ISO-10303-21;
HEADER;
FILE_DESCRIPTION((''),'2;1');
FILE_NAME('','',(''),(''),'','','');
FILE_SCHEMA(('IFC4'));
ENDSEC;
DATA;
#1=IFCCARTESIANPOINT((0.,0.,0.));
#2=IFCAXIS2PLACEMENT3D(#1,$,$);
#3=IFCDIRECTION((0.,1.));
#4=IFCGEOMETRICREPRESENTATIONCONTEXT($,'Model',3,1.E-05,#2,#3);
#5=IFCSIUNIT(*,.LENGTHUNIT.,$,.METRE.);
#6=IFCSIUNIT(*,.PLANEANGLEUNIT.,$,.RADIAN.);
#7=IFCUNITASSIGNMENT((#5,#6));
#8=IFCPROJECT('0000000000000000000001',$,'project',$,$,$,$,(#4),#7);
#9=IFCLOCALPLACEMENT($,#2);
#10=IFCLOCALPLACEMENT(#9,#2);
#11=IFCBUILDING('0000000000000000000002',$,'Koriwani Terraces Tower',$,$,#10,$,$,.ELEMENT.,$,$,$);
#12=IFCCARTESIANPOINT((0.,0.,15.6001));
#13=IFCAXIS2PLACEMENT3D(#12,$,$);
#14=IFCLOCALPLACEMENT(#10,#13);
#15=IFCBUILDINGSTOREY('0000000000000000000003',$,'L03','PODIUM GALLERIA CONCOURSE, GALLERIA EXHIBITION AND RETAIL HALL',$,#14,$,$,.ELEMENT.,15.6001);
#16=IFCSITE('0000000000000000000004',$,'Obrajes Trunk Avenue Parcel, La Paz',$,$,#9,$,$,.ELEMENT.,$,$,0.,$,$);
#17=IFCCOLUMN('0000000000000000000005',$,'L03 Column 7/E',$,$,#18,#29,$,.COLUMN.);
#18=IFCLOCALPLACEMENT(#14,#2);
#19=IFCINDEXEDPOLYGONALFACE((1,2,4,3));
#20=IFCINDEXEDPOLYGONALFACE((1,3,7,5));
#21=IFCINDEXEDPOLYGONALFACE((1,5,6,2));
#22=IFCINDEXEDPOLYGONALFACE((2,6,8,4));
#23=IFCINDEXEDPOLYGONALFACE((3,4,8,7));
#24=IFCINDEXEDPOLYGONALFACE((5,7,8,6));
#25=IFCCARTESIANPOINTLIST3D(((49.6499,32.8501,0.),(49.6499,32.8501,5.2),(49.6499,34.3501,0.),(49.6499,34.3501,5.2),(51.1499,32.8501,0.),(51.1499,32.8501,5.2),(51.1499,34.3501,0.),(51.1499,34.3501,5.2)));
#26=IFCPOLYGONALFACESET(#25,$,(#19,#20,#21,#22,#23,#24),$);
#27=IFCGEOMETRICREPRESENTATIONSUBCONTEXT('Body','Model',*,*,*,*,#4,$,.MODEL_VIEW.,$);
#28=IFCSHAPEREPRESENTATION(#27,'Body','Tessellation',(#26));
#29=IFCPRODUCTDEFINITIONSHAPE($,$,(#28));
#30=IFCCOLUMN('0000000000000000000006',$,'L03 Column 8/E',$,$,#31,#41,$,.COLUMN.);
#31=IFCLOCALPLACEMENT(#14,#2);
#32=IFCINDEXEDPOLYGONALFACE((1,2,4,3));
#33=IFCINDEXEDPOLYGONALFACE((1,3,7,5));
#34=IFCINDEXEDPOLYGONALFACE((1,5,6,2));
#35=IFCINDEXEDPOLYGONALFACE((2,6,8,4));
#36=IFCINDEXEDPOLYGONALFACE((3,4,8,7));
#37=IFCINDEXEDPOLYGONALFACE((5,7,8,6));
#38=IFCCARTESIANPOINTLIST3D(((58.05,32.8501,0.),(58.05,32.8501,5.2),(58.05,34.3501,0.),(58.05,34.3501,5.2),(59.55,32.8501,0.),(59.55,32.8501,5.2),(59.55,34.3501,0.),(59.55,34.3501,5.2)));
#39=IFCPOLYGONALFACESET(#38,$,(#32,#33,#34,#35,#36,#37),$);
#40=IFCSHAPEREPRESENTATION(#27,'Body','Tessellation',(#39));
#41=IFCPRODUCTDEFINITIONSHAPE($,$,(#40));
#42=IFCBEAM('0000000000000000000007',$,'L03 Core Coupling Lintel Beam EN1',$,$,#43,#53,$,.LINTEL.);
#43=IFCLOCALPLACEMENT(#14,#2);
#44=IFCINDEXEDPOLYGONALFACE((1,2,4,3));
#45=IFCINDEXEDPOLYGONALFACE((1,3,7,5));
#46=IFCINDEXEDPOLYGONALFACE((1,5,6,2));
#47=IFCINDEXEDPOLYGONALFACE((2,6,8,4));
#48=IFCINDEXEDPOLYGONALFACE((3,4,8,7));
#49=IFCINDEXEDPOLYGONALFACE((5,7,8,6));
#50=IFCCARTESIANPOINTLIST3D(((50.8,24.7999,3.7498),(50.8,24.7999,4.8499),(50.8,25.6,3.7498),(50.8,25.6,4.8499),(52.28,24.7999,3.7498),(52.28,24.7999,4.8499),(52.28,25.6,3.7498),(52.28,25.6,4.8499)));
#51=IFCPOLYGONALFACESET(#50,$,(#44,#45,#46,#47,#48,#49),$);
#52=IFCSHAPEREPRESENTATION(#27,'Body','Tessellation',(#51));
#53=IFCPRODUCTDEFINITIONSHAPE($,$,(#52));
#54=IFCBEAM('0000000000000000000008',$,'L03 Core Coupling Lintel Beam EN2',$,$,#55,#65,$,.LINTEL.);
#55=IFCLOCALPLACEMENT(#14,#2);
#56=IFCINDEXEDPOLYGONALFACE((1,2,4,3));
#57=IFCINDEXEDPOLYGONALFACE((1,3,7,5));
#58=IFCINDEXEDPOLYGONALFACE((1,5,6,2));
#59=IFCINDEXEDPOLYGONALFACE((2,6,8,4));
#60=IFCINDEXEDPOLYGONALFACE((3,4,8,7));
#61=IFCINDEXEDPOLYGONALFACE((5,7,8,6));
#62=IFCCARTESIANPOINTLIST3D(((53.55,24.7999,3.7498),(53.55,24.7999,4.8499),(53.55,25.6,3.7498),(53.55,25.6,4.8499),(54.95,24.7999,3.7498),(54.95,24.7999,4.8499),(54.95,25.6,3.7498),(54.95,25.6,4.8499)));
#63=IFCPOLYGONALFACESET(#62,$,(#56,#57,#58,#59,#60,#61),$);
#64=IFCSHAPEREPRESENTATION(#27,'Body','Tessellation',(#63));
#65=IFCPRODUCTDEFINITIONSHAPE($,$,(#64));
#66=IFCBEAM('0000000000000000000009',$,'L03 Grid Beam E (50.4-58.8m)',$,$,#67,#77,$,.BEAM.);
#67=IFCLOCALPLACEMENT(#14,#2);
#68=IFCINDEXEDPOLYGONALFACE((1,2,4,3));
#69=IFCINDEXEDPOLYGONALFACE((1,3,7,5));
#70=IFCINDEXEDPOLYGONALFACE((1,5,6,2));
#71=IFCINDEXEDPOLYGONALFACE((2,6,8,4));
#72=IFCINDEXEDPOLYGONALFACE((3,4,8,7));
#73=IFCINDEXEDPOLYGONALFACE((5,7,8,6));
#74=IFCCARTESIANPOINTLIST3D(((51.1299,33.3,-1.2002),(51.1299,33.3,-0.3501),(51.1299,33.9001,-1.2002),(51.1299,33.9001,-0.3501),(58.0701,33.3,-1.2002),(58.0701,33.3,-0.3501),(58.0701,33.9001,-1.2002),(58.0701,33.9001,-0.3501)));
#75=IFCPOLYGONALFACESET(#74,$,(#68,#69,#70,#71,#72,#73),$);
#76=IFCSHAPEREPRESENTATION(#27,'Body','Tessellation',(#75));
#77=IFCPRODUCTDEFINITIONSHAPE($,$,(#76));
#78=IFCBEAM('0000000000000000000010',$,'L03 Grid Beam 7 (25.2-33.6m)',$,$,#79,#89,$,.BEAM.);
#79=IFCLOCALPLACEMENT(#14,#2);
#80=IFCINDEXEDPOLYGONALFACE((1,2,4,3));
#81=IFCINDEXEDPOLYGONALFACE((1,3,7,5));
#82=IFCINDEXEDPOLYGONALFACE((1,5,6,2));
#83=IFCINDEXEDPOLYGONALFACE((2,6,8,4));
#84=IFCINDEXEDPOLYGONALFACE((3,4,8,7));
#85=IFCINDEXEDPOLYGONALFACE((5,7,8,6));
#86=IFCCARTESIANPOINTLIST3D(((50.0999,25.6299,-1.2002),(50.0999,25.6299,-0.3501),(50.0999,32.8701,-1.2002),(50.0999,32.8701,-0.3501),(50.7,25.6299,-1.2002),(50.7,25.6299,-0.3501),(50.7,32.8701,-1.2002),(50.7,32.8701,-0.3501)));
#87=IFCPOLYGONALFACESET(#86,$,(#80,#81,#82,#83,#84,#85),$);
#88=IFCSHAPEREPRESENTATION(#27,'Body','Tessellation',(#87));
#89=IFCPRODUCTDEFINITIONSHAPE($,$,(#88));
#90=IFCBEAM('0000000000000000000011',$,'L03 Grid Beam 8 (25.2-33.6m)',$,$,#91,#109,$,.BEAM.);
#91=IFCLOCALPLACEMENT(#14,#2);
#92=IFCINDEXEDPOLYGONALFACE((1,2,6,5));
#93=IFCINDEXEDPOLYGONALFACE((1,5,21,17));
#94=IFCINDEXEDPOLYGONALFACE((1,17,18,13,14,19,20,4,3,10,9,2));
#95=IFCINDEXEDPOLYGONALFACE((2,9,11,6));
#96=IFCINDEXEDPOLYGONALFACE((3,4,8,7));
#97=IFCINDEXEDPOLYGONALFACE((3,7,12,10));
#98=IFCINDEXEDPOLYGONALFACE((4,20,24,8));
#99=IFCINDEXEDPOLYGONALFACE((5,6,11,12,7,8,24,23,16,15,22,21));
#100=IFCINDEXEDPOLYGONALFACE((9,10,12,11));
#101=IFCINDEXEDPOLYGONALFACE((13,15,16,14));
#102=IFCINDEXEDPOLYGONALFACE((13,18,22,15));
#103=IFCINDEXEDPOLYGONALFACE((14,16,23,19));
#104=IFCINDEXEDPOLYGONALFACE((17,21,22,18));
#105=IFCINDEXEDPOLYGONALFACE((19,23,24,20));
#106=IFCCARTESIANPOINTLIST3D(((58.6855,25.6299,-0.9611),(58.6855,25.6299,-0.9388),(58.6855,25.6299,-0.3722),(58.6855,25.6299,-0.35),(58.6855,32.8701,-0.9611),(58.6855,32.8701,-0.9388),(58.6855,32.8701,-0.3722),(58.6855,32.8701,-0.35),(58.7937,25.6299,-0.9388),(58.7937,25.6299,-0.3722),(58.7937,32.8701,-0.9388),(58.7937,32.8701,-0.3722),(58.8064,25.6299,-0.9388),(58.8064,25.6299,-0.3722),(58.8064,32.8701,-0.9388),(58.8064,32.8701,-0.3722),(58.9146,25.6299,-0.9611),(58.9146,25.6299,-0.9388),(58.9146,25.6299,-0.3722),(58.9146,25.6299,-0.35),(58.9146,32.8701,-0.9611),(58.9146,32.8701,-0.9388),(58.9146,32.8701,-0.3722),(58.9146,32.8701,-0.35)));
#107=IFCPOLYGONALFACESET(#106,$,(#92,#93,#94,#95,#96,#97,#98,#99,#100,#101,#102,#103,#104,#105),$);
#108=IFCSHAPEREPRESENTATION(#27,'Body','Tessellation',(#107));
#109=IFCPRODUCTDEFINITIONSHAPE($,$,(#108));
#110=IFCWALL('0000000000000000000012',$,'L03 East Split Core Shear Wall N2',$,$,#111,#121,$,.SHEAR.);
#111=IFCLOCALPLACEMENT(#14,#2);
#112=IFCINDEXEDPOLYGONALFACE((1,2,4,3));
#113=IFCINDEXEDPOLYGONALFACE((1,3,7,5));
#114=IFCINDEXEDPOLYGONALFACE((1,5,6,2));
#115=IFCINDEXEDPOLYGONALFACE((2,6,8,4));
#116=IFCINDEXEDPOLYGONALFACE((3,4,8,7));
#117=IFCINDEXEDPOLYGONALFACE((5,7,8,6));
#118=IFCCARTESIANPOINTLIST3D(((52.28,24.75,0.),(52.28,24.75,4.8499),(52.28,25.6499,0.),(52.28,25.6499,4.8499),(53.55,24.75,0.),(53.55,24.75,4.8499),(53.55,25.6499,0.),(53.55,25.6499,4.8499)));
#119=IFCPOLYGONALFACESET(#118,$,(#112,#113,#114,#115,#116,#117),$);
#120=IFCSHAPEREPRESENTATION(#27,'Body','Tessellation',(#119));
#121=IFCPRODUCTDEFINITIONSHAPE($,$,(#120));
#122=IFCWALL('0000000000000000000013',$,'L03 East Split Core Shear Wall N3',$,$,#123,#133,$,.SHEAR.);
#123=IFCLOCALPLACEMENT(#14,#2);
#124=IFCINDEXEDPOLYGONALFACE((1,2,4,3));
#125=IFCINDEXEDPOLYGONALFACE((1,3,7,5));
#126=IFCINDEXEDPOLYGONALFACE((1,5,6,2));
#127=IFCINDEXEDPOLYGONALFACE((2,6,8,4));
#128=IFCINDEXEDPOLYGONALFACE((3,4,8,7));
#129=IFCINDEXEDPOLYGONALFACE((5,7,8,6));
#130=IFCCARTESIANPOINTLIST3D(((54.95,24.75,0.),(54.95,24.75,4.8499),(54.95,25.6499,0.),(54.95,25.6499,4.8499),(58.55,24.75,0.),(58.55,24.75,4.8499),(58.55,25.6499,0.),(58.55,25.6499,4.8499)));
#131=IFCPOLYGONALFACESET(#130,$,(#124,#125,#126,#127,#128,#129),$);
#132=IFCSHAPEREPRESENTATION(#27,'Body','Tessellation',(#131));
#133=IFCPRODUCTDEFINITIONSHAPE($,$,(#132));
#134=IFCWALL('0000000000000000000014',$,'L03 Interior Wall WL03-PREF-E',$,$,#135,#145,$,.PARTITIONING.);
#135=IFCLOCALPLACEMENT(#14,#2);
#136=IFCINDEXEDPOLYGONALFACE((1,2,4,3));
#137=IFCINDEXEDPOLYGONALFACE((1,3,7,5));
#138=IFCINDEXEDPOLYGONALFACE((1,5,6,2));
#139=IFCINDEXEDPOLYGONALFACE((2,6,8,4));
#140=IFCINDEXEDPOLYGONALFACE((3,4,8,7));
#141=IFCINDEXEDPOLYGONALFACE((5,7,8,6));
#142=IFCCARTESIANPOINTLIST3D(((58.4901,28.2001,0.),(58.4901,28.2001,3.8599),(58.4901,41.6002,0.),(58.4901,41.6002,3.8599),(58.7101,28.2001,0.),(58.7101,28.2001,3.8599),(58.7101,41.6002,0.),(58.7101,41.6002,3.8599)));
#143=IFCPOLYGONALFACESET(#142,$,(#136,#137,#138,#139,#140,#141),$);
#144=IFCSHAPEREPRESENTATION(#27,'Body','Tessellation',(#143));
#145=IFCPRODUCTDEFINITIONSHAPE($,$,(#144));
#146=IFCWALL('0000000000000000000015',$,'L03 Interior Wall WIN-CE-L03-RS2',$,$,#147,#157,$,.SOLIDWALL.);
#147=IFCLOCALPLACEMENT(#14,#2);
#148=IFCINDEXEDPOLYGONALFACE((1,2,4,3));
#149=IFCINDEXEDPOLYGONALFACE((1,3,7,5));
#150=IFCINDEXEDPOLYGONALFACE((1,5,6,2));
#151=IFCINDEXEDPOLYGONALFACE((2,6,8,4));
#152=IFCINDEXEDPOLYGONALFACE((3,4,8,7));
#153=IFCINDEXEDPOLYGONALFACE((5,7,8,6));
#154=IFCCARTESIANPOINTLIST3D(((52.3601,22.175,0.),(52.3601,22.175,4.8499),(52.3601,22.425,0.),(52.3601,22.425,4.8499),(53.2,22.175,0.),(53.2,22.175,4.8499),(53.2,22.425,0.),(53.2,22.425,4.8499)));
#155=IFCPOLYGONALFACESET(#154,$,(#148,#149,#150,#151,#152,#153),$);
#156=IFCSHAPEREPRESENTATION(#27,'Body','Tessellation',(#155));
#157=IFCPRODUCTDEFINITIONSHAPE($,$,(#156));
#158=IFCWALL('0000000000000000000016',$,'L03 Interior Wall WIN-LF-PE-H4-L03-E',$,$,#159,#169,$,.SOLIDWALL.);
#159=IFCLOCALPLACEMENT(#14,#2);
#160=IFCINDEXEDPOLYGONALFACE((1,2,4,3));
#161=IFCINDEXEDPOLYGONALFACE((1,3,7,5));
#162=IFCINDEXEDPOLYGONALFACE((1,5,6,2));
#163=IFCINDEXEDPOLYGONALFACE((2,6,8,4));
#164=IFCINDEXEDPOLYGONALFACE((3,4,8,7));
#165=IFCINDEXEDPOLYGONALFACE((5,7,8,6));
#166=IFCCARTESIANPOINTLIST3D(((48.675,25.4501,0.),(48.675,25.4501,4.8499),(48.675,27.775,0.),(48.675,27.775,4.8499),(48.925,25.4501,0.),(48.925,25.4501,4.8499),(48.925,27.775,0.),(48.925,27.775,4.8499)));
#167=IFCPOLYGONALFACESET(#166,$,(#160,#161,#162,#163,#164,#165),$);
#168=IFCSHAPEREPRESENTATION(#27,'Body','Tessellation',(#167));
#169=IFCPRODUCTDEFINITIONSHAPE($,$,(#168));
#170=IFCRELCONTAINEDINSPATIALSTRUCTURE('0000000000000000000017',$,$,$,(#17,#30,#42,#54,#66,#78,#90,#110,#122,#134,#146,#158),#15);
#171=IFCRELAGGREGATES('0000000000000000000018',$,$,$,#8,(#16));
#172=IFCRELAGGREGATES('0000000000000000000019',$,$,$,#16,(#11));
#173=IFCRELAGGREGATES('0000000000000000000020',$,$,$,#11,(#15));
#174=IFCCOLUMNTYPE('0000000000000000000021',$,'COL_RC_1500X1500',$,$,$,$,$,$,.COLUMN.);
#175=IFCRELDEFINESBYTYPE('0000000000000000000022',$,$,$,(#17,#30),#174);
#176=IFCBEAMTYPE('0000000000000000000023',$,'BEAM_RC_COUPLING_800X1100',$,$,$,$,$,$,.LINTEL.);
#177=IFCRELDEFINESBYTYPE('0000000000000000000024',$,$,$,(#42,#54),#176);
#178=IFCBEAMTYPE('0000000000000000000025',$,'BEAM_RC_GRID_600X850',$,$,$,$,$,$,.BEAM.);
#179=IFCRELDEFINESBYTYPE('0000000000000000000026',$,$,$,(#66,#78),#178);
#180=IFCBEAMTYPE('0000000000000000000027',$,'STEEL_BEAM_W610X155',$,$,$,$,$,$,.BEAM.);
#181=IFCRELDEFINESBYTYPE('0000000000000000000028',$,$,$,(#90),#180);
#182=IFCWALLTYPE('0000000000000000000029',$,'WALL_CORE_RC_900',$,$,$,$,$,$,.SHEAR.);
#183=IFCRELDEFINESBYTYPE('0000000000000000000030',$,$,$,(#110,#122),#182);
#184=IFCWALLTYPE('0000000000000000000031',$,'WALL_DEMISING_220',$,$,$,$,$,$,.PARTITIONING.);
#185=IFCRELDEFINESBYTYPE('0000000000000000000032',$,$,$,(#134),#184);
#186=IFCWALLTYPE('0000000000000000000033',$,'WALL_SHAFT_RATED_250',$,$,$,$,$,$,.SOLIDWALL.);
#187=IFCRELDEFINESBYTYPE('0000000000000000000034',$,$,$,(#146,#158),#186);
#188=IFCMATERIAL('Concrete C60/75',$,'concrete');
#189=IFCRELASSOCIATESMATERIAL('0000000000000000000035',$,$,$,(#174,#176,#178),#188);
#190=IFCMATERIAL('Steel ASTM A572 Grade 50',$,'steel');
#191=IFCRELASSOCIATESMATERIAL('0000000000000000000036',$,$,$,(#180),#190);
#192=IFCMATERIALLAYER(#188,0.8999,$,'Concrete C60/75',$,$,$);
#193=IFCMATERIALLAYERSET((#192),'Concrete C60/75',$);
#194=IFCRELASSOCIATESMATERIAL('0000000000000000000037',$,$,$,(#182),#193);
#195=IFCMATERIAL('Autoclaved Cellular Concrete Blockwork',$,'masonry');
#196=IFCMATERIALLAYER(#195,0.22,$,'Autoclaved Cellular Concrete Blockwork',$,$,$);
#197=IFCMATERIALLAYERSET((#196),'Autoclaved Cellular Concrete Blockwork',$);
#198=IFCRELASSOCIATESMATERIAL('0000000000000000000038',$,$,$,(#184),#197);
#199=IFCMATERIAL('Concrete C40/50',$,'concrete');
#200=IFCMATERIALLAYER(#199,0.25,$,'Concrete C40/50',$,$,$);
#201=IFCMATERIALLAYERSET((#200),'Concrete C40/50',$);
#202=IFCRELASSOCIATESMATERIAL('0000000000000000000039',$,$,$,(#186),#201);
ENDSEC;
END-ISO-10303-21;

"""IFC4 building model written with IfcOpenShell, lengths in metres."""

from ifc_helpers import new_model, si_unit, direction, frame, frame_2d, origin, origin_2d, place, context, subcontext, project, spatial, rectangle, i_section, extrude, material, layer, layer_set, material_profile, profile_set, type_object, element, save


model = new_model("IFC4")

# Units and contexts
model_context = context("Model", 3, precision=1e-05, world=origin(), true_north=direction((0.0, 1.0)))
body_context = subcontext(model_context, "Body", "Model", "MODEL_VIEW")
ifc_project = project(units=[si_unit("LENGTHUNIT", "METRE"), si_unit("PLANEANGLEUNIT", "RADIAN")], contexts=[model_context])

# Site, building, storey
site_placement = place(None, origin())
site = spatial("IfcSite", under=ifc_project, at=site_placement, Name="Obrajes Trunk Avenue Parcel, La Paz", CompositionType="ELEMENT", RefElevation=0.0)
building_placement = place(site_placement, origin())
building = spatial("IfcBuilding", under=site, at=building_placement, Name="Koriwani Terraces Tower", CompositionType="ELEMENT")
storey_placement = place(building_placement, frame((0.0, 0.0, 15.6001)))
storey = spatial("IfcBuildingStorey", under=building, at=storey_placement, Name="L03", Description="PODIUM GALLERIA CONCOURSE, GALLERIA EXHIBITION AND RETAIL HALL", CompositionType="ELEMENT", Elevation=15.6001)

# Columns
ifc_material_1 = material(Name="Concrete C60/75", Category="concrete")
ifc_material_profile_1 = material_profile(ifc_material_1, rectangle(XDim=1.5, YDim=1.5, at=origin_2d()), Name="Concrete C60/75", Category="LoadBearing")
ifc_profile_set_1 = profile_set([ifc_material_profile_1], Name="Concrete C60/75")
column_type = type_object("IfcColumnType", Name="COL_RC_1500X1500", PredefinedType="COLUMN", material=ifc_profile_set_1)
for number, where, z_axis, x_axis, name in (
    (1, (50.3999, 33.6001, 0.0), (0.0, 0.0, 1.0), (1.0, 0.0, 0.0), "L03 Column 7/E"),
    (2, (58.8, 33.6001, 0.0), (0.0, 0.0, 1.0), (1.0, 0.0, 0.0), "L03 Column 8/E"),
):
    element("IfcColumn", number, at=place(storey_placement, frame(where, z_axis=z_axis, x_axis=x_axis)), inside=storey, type_object=column_type, Name=name, PredefinedType="COLUMN", context=body_context, shape_type="SweptSolid", body=[
        extrude(rectangle(XDim=1.5, YDim=1.5, at=origin_2d()), origin(), (0.0, 0.0, 1.0), 5.2),
    ])

# Beams
ifc_material_profile_2 = material_profile(ifc_material_1, rectangle(XDim=0.8, YDim=1.1001, at=origin_2d()), Name="Concrete C60/75", Category="LoadBearing")
ifc_profile_set_2 = profile_set([ifc_material_profile_2], Name="Concrete C60/75")
beam_type_1 = type_object("IfcBeamType", Name="BEAM_RC_COUPLING_800X1100", PredefinedType="LINTEL", material=ifc_profile_set_2)
beam_1_placement = place(storey_placement, frame((50.8, 25.2, 4.2998), z_axis=(1.0, 0.0, 0.0), x_axis=(0.0, 1.0, 0.0)))
element("IfcBeam", 3, at=beam_1_placement, inside=storey, type_object=beam_type_1, Name="L03 Core Coupling Lintel Beam EN1", PredefinedType="LINTEL", context=body_context, shape_type="SweptSolid", body=[
    extrude(rectangle(XDim=0.8, YDim=1.1001, at=origin_2d()), origin(), (0.0, 0.0, 1.0), 1.48),
])
beam_2_placement = place(storey_placement, frame((53.55, 25.2, 4.2998), z_axis=(1.0, 0.0, 0.0), x_axis=(0.0, 1.0, 0.0)))
element("IfcBeam", 4, at=beam_2_placement, inside=storey, type_object=beam_type_1, Name="L03 Core Coupling Lintel Beam EN2", PredefinedType="LINTEL", context=body_context, shape_type="SweptSolid", body=[
    extrude(rectangle(XDim=0.8, YDim=1.1001, at=origin_2d()), origin(), (0.0, 0.0, 1.0), 1.3999),
])
ifc_material_profile_3 = material_profile(ifc_material_1, rectangle(XDim=0.6001, YDim=0.8501, at=origin_2d()), Name="Concrete C60/75", Category="LoadBearing")
ifc_profile_set_3 = profile_set([ifc_material_profile_3], Name="Concrete C60/75")
beam_type_2 = type_object("IfcBeamType", Name="BEAM_RC_GRID_600X850", PredefinedType="BEAM", material=ifc_profile_set_3)
beam_3_placement = place(storey_placement, frame((51.1299, 33.6001, -0.7751), z_axis=(1.0, 0.0, 0.0), x_axis=(0.0, 1.0, 0.0)))
element("IfcBeam", 5, at=beam_3_placement, inside=storey, type_object=beam_type_2, Name="L03 Grid Beam E (50.4-58.8m)", PredefinedType="BEAM", context=body_context, shape_type="SweptSolid", body=[
    extrude(rectangle(XDim=0.6001, YDim=0.8501, at=origin_2d()), origin(), (0.0, 0.0, 1.0), 6.9402),
])
beam_4_placement = place(storey_placement, frame((50.3999, 25.6299, -0.7751), z_axis=(0.0, 1.0, 0.0), x_axis=(-1.0, 0.0, 0.0)))
element("IfcBeam", 6, at=beam_4_placement, inside=storey, type_object=beam_type_2, Name="L03 Grid Beam 7 (25.2-33.6m)", PredefinedType="BEAM", context=body_context, shape_type="SweptSolid", body=[
    extrude(rectangle(XDim=0.6001, YDim=0.8501, at=origin_2d()), origin(), (0.0, 0.0, 1.0), 7.2402),
])
ifc_material_2 = material(Name="Steel ASTM A572 Grade 50", Category="steel")
ifc_material_profile_4 = material_profile(ifc_material_2, i_section(OverallWidth=0.229, OverallDepth=0.6111, WebThickness=0.0127, FlangeThickness=0.0222, at=origin_2d()), Name="Steel ASTM A572 Grade 50", Category="LoadBearing")
ifc_profile_set_4 = profile_set([ifc_material_profile_4], Name="Steel ASTM A572 Grade 50")
beam_type_3 = type_object("IfcBeamType", Name="STEEL_BEAM_W610X155", PredefinedType="BEAM", material=ifc_profile_set_4)
beam_5_placement = place(storey_placement, frame((58.8, 25.6299, -0.6555), z_axis=(0.0, 1.0, 0.0), x_axis=(-1.0, 0.0, 0.0)))
element("IfcBeam", 7, at=beam_5_placement, inside=storey, type_object=beam_type_3, Name="L03 Grid Beam 8 (25.2-33.6m)", PredefinedType="BEAM", context=body_context, shape_type="SweptSolid", body=[
    extrude(i_section(OverallWidth=0.229, OverallDepth=0.6111, WebThickness=0.0127, FlangeThickness=0.0222, at=origin_2d()), origin(), (0.0, 0.0, 1.0), 7.2402),
])

# Walls
ifc_layer_1 = layer(ifc_material_1, 0.8999, Name="Concrete C60/75")
ifc_layer_set_1 = layer_set([ifc_layer_1], Name="Concrete C60/75")
wall_type_1 = type_object("IfcWallType", Name="WALL_CORE_RC_900", PredefinedType="SHEAR", material=ifc_layer_set_1)
wall_1_placement = place(storey_placement, frame((52.28, 25.2, 0.0), z_axis=(0.0, 0.0, 1.0), x_axis=(1.0, 0.0, 0.0)))
element("IfcWall", 8, at=wall_1_placement, inside=storey, type_object=wall_type_1, Name="L03 East Split Core Shear Wall N2", PredefinedType="SHEAR", context=body_context, shape_type="SweptSolid", body=[
    extrude(rectangle(XDim=1.27, YDim=0.8999, at=frame_2d((0.635, 0.0))), origin(), (0.0, 0.0, 1.0), 4.8499),
])
wall_2_placement = place(storey_placement, frame((54.95, 25.2, 0.0), z_axis=(0.0, 0.0, 1.0), x_axis=(1.0, 0.0, 0.0)))
element("IfcWall", 9, at=wall_2_placement, inside=storey, type_object=wall_type_1, Name="L03 East Split Core Shear Wall N3", PredefinedType="SHEAR", context=body_context, shape_type="SweptSolid", body=[
    extrude(rectangle(XDim=3.6001, YDim=0.8999, at=frame_2d((1.8, 0.0))), origin(), (0.0, 0.0, 1.0), 4.8499),
])
ifc_material_3 = material(Name="Autoclaved Cellular Concrete Blockwork", Category="masonry")
ifc_layer_2 = layer(ifc_material_3, 0.22, Name="Autoclaved Cellular Concrete Blockwork")
ifc_layer_set_2 = layer_set([ifc_layer_2], Name="Autoclaved Cellular Concrete Blockwork")
wall_type_2 = type_object("IfcWallType", Name="WALL_DEMISING_220", PredefinedType="PARTITIONING", material=ifc_layer_set_2)
wall_3_placement = place(storey_placement, frame((58.6001, 28.2, 0.0), z_axis=(0.0, 0.0, 1.0), x_axis=(0.0, 1.0, 0.0)))
element("IfcWall", 10, at=wall_3_placement, inside=storey, type_object=wall_type_2, Name="L03 Interior Wall WL03-PREF-E", PredefinedType="PARTITIONING", context=body_context, shape_type="SweptSolid", body=[
    extrude(rectangle(XDim=13.4001, YDim=0.22, at=frame_2d((6.7002, 0.0))), origin(), (0.0, 0.0, 1.0), 3.8599),
])

# Shared definitions
ifc_material_4 = material(Name="Concrete C40/50", Category="concrete")
ifc_layer_3 = layer(ifc_material_4, 0.25, Name="Concrete C40/50")
ifc_layer_set_3 = layer_set([ifc_layer_3], Name="Concrete C40/50")
wall_type_3 = type_object("IfcWallType", Name="WALL_SHAFT_RATED_250", PredefinedType="SOLIDWALL", material=ifc_layer_set_3)

# Walls
wall_4_placement = place(storey_placement, frame((52.3601, 22.3, 0.0), z_axis=(0.0, 0.0, 1.0), x_axis=(1.0, 0.0, 0.0)))
element("IfcWall", 11, at=wall_4_placement, inside=storey, type_object=wall_type_3, Name="L03 Interior Wall WIN-CE-L03-RS2", PredefinedType="SOLIDWALL", context=body_context, shape_type="SweptSolid", body=[
    extrude(rectangle(XDim=0.8398, YDim=0.25, at=frame_2d((0.4199, 0.0))), origin(), (0.0, 0.0, 1.0), 4.8499),
])
wall_5_placement = place(storey_placement, frame((48.8, 25.45, 0.0), z_axis=(0.0, 0.0, 1.0), x_axis=(0.0, 1.0, 0.0)))
element("IfcWall", 12, at=wall_5_placement, inside=storey, type_object=wall_type_3, Name="L03 Interior Wall WIN-LF-PE-H4-L03-E", PredefinedType="SOLIDWALL", context=body_context, shape_type="SweptSolid", body=[
    extrude(rectangle(XDim=2.325, YDim=0.25, at=frame_2d((1.1626, 0.0))), origin(), (0.0, 0.0, 1.0), 4.8499),
])

save(model, "model.ifc")
